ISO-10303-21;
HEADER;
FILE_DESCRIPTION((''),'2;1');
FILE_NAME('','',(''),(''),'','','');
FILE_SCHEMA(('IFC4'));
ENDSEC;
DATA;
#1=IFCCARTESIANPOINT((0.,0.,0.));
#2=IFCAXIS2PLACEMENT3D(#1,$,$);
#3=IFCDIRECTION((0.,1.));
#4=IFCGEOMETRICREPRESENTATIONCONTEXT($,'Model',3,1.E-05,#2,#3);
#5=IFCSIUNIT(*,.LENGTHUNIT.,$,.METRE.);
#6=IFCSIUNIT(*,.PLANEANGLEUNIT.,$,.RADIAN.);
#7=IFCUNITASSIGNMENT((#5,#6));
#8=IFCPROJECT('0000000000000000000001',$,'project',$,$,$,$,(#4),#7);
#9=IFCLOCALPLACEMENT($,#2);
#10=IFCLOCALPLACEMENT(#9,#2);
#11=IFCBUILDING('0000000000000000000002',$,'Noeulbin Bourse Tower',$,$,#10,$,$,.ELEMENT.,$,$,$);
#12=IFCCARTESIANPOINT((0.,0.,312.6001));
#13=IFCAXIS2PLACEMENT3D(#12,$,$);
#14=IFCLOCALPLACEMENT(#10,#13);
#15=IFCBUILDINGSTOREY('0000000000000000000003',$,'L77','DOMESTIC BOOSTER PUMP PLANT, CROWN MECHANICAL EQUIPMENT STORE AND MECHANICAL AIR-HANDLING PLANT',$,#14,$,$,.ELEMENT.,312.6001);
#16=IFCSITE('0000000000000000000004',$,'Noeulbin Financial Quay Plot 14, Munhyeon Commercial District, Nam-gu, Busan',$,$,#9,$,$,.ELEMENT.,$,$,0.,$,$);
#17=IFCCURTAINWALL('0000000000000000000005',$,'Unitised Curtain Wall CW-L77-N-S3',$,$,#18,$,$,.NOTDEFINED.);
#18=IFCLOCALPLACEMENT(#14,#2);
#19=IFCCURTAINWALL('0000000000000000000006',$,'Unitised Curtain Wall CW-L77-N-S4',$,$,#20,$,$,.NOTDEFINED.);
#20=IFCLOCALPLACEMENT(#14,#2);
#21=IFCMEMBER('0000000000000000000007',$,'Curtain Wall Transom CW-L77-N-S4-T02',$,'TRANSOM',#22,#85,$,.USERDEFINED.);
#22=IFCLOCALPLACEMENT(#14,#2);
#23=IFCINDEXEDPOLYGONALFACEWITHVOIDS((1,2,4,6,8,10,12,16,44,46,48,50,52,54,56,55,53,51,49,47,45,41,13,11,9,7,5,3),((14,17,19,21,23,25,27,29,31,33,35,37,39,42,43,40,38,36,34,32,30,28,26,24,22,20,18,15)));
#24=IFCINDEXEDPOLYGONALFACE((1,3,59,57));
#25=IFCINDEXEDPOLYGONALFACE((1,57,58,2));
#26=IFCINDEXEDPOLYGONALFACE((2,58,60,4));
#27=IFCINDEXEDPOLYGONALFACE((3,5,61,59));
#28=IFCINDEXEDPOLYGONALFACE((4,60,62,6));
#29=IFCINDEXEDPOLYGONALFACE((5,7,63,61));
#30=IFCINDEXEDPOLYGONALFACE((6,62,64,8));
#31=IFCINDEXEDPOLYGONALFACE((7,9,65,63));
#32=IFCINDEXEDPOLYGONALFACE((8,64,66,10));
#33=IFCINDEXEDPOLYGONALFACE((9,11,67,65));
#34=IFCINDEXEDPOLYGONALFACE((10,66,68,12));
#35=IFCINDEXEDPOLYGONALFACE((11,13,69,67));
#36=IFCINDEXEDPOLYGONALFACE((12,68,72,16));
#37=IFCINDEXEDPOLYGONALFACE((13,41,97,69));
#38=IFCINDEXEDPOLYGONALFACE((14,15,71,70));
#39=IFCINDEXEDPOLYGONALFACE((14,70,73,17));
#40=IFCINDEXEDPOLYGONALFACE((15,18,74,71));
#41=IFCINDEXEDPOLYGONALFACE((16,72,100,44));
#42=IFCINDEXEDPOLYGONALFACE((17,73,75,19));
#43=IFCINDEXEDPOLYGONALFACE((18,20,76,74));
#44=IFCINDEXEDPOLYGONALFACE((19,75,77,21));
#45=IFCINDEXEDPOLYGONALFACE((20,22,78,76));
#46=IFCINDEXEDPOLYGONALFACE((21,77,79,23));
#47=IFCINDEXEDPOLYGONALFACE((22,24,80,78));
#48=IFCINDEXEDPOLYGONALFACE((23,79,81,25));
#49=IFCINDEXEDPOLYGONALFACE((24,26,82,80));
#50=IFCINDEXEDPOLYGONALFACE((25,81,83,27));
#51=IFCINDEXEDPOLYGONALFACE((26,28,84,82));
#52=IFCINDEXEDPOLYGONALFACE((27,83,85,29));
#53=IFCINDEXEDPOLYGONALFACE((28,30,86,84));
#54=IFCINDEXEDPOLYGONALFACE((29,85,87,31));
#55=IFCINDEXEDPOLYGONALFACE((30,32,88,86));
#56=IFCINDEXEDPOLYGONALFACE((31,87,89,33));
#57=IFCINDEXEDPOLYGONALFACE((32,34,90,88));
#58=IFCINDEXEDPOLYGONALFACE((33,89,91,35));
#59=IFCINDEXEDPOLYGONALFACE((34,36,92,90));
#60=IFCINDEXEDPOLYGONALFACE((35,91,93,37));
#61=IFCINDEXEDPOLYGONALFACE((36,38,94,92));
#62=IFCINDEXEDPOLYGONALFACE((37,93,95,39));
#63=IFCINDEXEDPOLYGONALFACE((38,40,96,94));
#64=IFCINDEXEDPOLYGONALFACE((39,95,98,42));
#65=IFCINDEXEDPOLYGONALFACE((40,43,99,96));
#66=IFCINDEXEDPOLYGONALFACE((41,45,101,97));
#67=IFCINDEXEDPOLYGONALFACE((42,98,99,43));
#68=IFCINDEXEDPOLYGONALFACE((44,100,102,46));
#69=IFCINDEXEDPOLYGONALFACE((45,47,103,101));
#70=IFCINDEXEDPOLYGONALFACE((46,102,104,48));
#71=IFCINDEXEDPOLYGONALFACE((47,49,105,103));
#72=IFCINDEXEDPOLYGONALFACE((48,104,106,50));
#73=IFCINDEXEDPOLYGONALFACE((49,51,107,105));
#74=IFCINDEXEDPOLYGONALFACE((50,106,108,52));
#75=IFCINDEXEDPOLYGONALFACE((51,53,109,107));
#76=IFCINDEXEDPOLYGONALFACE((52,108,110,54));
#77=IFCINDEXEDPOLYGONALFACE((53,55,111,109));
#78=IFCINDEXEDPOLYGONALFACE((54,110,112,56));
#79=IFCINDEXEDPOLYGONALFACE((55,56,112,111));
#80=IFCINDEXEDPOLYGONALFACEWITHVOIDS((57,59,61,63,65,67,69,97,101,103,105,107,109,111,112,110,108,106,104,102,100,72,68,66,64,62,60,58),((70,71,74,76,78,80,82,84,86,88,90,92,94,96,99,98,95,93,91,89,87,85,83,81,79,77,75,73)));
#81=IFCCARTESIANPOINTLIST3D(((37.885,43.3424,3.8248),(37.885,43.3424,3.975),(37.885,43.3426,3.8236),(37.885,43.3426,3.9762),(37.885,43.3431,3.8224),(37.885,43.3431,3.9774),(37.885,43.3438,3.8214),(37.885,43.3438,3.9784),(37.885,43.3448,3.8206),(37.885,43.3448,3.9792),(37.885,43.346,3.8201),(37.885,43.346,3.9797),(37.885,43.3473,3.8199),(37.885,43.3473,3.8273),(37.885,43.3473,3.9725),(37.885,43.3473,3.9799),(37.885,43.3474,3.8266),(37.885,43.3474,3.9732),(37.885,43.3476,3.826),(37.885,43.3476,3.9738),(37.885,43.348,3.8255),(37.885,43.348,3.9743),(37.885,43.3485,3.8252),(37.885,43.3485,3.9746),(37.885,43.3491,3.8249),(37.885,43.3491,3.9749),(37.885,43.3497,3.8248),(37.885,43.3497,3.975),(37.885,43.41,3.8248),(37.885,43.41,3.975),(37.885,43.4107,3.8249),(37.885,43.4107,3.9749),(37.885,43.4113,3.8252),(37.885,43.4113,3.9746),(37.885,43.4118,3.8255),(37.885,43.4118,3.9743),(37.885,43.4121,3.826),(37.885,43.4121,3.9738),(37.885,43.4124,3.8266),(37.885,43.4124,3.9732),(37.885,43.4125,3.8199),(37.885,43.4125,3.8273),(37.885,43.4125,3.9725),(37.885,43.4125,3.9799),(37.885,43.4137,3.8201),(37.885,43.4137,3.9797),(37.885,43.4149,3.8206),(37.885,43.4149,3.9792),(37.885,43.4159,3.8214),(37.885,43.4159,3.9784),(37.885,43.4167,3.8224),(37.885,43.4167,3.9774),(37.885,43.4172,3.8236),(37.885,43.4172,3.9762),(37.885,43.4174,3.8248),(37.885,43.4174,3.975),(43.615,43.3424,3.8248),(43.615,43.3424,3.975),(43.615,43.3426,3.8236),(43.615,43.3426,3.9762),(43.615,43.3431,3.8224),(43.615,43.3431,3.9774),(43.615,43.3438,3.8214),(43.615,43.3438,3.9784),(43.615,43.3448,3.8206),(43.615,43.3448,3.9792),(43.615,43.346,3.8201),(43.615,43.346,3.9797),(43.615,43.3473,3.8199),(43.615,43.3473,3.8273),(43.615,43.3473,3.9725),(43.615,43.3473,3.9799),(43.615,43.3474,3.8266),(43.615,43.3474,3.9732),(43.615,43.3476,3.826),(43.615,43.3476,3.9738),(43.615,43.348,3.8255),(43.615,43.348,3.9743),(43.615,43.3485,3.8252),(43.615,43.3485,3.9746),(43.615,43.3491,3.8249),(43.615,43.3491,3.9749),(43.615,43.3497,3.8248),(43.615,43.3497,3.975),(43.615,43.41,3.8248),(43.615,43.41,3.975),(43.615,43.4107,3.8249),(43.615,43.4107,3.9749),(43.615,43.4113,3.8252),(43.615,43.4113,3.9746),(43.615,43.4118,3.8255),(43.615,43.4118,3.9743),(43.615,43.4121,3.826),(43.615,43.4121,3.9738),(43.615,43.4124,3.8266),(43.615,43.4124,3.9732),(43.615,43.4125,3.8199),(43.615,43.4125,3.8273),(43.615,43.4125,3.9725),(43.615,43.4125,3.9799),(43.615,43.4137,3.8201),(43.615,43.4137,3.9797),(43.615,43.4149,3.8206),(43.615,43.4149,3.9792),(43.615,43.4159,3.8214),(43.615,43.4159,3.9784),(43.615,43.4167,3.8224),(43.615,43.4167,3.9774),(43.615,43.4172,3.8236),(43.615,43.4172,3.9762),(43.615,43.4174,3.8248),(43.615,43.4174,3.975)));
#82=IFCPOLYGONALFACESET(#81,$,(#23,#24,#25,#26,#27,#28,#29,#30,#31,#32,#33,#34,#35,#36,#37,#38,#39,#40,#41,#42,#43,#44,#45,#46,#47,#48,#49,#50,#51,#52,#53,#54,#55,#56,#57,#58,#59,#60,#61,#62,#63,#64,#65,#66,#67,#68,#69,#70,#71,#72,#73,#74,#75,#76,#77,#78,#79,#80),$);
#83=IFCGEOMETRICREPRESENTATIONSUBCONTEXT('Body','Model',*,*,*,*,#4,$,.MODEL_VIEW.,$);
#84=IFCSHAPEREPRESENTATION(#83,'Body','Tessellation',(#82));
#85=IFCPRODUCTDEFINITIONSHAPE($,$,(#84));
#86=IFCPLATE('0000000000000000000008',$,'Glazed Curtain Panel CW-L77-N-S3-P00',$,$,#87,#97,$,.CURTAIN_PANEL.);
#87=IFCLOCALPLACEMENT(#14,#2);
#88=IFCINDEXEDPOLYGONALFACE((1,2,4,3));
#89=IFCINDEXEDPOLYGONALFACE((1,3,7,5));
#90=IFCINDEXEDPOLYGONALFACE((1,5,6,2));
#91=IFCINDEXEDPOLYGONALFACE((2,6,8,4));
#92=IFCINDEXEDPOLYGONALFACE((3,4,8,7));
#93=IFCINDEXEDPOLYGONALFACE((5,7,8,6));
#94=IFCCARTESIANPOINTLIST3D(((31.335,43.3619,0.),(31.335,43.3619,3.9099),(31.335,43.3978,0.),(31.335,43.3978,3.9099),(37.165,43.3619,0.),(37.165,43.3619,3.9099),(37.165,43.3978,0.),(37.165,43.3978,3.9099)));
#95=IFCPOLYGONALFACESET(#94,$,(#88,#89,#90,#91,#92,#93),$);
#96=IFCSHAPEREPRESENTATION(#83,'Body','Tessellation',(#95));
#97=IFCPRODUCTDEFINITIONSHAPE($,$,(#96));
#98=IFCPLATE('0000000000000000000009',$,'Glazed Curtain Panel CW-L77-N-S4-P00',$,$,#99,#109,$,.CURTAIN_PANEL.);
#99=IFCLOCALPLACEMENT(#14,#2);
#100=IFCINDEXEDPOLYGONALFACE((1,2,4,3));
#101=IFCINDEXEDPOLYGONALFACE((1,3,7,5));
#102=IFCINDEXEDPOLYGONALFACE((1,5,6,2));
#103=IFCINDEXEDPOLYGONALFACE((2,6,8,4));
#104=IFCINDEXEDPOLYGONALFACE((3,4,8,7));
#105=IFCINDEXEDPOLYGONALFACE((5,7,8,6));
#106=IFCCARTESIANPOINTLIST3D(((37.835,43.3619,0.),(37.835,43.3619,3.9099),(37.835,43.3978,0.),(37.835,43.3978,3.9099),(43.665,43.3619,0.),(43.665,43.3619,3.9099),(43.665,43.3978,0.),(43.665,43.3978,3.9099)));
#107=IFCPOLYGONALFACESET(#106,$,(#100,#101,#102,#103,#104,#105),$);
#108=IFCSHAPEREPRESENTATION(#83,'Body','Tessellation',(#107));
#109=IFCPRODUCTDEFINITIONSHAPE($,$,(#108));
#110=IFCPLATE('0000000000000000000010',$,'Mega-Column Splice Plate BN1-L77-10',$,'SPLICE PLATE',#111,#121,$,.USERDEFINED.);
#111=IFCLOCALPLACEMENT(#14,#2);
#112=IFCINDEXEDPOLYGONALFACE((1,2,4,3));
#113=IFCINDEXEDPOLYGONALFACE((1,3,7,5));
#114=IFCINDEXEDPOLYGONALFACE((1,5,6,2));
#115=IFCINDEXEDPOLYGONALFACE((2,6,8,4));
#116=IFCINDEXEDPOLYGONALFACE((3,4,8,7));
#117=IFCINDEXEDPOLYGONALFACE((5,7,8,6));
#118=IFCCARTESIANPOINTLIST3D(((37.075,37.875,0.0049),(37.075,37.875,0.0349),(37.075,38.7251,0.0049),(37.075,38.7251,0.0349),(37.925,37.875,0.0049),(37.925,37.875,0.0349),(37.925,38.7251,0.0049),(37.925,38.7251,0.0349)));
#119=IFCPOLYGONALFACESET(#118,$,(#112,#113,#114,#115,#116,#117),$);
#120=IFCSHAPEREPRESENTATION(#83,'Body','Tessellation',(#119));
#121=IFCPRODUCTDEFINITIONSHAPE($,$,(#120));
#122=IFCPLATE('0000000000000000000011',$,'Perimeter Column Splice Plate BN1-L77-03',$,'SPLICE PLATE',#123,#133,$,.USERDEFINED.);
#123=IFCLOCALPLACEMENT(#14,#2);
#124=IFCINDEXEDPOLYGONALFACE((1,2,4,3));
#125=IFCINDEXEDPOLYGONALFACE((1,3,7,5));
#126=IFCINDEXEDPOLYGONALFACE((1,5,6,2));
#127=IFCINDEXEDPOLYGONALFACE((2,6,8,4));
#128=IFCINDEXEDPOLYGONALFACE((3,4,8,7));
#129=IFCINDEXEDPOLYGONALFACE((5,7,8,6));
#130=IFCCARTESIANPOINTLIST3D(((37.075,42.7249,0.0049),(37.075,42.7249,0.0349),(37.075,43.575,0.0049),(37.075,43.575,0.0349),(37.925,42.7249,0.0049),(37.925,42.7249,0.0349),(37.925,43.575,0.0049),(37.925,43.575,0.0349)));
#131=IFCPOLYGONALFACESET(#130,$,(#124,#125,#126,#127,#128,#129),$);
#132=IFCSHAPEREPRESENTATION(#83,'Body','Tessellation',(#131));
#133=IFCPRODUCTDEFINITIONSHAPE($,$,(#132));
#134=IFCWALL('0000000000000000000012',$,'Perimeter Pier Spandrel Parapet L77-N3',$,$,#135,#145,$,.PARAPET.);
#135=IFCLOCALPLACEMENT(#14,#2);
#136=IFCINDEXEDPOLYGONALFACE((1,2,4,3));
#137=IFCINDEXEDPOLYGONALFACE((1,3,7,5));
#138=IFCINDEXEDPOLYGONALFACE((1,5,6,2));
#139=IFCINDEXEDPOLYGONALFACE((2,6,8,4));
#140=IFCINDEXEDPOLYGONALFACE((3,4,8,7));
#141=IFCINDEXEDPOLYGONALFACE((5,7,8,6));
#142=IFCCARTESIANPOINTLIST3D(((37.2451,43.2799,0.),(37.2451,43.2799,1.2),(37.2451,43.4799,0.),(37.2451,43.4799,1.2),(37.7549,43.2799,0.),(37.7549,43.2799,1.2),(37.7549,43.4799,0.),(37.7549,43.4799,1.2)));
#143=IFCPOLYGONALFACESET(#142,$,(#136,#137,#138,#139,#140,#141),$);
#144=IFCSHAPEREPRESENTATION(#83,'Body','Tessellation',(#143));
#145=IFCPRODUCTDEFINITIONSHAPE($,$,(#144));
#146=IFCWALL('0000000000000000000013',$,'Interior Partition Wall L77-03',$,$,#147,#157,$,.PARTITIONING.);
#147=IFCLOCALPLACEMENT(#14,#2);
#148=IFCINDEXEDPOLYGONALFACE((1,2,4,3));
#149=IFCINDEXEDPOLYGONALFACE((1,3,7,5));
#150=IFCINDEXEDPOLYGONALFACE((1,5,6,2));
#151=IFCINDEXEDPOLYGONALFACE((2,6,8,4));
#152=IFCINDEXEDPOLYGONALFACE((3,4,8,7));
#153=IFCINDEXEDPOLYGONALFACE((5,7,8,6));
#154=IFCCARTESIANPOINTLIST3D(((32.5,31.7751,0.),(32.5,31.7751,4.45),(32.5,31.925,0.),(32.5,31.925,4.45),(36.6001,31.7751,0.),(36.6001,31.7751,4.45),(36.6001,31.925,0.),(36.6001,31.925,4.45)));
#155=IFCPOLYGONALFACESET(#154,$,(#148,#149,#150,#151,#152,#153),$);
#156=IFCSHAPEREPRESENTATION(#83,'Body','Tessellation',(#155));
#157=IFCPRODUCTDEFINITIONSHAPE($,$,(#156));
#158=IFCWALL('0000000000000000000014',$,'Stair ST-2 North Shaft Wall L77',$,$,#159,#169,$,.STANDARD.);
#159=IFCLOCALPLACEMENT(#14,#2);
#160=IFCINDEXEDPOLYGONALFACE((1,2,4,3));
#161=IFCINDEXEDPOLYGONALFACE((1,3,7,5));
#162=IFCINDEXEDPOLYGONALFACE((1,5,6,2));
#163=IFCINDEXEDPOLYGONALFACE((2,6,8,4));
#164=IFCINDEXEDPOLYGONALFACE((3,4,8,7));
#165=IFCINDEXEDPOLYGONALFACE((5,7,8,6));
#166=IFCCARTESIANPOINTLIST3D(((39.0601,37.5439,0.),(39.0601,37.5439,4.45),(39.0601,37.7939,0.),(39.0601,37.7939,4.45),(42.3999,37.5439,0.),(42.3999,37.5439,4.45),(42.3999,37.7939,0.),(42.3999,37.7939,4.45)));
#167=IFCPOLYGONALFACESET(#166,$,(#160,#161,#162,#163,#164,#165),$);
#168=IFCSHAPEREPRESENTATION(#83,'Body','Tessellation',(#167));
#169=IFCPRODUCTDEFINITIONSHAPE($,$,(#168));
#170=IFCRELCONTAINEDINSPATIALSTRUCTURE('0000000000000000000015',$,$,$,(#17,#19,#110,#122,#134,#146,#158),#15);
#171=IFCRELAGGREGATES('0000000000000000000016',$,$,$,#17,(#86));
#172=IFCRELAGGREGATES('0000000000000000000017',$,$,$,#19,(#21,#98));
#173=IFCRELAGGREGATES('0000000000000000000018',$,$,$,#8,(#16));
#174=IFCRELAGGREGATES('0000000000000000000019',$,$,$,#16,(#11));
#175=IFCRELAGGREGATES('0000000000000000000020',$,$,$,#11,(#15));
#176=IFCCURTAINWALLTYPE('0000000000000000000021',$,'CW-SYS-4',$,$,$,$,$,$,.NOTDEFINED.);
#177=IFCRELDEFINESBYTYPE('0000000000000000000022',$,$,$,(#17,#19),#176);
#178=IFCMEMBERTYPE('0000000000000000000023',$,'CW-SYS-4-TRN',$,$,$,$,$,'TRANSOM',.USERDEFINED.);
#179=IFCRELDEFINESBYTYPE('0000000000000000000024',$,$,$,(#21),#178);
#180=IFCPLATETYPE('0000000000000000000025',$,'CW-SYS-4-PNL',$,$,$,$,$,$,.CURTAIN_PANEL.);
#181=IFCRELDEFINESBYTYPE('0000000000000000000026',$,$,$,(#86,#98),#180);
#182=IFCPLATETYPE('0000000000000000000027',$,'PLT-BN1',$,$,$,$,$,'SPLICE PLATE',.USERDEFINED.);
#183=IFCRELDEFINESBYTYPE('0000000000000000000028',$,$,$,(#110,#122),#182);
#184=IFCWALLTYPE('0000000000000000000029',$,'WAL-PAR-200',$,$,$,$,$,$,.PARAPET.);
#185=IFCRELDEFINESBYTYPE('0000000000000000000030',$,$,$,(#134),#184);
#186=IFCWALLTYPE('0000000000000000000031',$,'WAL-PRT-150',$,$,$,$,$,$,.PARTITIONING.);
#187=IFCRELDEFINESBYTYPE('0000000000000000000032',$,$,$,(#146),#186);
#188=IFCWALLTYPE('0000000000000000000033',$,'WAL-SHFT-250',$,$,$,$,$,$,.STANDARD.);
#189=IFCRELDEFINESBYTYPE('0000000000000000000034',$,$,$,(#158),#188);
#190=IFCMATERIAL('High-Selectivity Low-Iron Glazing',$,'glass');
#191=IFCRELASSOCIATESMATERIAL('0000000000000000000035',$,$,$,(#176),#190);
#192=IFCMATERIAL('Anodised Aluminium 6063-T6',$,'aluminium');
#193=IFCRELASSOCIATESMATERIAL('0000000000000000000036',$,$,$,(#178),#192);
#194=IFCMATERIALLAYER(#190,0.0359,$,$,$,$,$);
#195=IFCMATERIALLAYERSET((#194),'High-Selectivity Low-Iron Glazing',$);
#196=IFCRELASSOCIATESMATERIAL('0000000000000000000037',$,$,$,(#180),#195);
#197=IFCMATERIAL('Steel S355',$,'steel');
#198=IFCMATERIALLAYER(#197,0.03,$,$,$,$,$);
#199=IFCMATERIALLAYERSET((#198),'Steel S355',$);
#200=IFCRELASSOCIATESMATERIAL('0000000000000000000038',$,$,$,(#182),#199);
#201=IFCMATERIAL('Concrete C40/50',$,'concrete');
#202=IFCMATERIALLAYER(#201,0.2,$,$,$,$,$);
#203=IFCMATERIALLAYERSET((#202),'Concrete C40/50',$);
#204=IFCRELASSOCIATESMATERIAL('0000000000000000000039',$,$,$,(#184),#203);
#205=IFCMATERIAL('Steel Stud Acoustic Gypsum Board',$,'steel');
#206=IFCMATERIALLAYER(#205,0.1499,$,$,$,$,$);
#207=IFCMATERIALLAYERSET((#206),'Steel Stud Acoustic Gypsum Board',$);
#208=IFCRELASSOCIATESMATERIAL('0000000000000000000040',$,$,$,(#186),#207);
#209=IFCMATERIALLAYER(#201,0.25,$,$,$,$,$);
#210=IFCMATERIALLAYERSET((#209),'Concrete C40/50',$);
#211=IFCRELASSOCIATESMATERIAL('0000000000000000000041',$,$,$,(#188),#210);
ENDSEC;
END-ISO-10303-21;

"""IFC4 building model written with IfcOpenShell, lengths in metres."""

from ifc_helpers import new_model, si_unit, direction, frame, frame_2d, origin, origin_2d, place, context, subcontext, project, spatial, rectangle, hollow_rectangle, extrude, material, layer, layer_set, material_profile, profile_set, type_object, element, aggregate, save


model = new_model("IFC4")

# Units and contexts
model_context = context("Model", 3, precision=1e-05, world=origin(), true_north=direction((0.0, 1.0)))
body_context = subcontext(model_context, "Body", "Model", "MODEL_VIEW")
ifc_project = project(units=[si_unit("LENGTHUNIT", "METRE"), si_unit("PLANEANGLEUNIT", "RADIAN")], contexts=[model_context])

# Site, building, storey
site_placement = place(None, origin())
site = spatial("IfcSite", under=ifc_project, at=site_placement, Name="Noeulbin Financial Quay Plot 14, Munhyeon Commercial District, Nam-gu, Busan", CompositionType="ELEMENT", RefElevation=0.0)
building_placement = place(site_placement, origin())
building = spatial("IfcBuilding", under=site, at=building_placement, Name="Noeulbin Bourse Tower", CompositionType="ELEMENT")
storey_placement = place(building_placement, frame((0.0, 0.0, 312.6001)))
storey = spatial("IfcBuildingStorey", under=building, at=storey_placement, Name="L77", Description="DOMESTIC BOOSTER PUMP PLANT, CROWN MECHANICAL EQUIPMENT STORE AND MECHANICAL AIR-HANDLING PLANT", CompositionType="ELEMENT", Elevation=312.6001)

# Shared definitions
ifc_material_1 = material(Name="Steel S355", Category="steel")

# Curtain wall
ifc_material_2 = material(Name="High-Selectivity Low-Iron Glazing", Category="glass")
curtain_wall_type = type_object("IfcCurtainWallType", Name="CW-SYS-4", PredefinedType="NOTDEFINED", material=ifc_material_2)
curtain_wall_1_placement = place(storey_placement, origin())
curtain_wall_1 = element("IfcCurtainWall", 1, at=curtain_wall_1_placement, inside=storey, type_object=curtain_wall_type, Name="Unitised Curtain Wall CW-L77-N-S3", PredefinedType="NOTDEFINED")
ifc_material_3 = material(Name="Anodised Aluminium 6063-T6", Category="aluminium")

# Curtain wall, member
curtain_wall_2_placement = place(storey_placement, origin())
curtain_wall_2 = element("IfcCurtainWall", 2, at=curtain_wall_2_placement, inside=storey, type_object=curtain_wall_type, Name="Unitised Curtain Wall CW-L77-N-S4", PredefinedType="NOTDEFINED")
ifc_material_profile_1 = material_profile(ifc_material_3, hollow_rectangle(XDim=0.075, YDim=0.1599, WallThickness=0.0049, InnerFilletRadius=0.0024, OuterFilletRadius=0.0049, at=origin_2d()), Name="ALU-TRAN-75x160x5", Category="LoadBearing")
ifc_profile_set_1 = profile_set([ifc_material_profile_1], Name="Anodised Aluminium 6063-T6")
member_type_1 = type_object("IfcMemberType", Name="CW-SYS-4-TRN", ElementType="TRANSOM", PredefinedType="USERDEFINED", material=ifc_profile_set_1)
member_1_placement = place(storey_placement, frame((37.885, 43.3799, 3.8999), z_axis=(1.0, 0.0, 0.0), x_axis=(0.0, 1.0, 0.0)))
member_1 = element("IfcMember", 3, at=member_1_placement, type_object=member_type_1, Name="Curtain Wall Transom CW-L77-N-S4-T02", ObjectType="TRANSOM", PredefinedType="USERDEFINED", context=body_context, shape_type="SweptSolid", body=[
    extrude(hollow_rectangle(XDim=0.075, YDim=0.1599, WallThickness=0.0049, InnerFilletRadius=0.0024, OuterFilletRadius=0.0049, at=origin_2d()), origin(), (0.0, 0.0, 1.0), 5.73),
])

# Plates
ifc_layer_1 = layer(ifc_material_2, 0.0359)
ifc_layer_set_1 = layer_set([ifc_layer_1], Name="High-Selectivity Low-Iron Glazing")
plate_type_1 = type_object("IfcPlateType", Name="CW-SYS-4-PNL", PredefinedType="CURTAIN_PANEL", material=ifc_layer_set_1)
plate_1_placement = place(storey_placement, frame((34.25, 43.3799, 0.0), z_axis=(0.0, 0.0, 1.0), x_axis=(1.0, 0.0, 0.0)))
plate_1 = element("IfcPlate", 4, at=plate_1_placement, type_object=plate_type_1, Name="Glazed Curtain Panel CW-L77-N-S3-P00", PredefinedType="CURTAIN_PANEL", context=body_context, shape_type="SweptSolid", body=[
    extrude(rectangle(XDim=5.8301, YDim=0.0359, at=origin_2d()), origin(), (0.0, 0.0, 1.0), 3.9099),
])
aggregate(curtain_wall_1, [plate_1])
plate_2_placement = place(storey_placement, frame((40.75, 43.3799, 0.0), z_axis=(0.0, 0.0, 1.0), x_axis=(1.0, 0.0, 0.0)))
plate_2 = element("IfcPlate", 5, at=plate_2_placement, type_object=plate_type_1, Name="Glazed Curtain Panel CW-L77-N-S4-P00", PredefinedType="CURTAIN_PANEL", context=body_context, shape_type="SweptSolid", body=[
    extrude(rectangle(XDim=5.8301, YDim=0.0359, at=origin_2d()), origin(), (0.0, 0.0, 1.0), 3.9099),
])
aggregate(curtain_wall_2, [member_1, plate_2])

# Plates
ifc_layer_2 = layer(ifc_material_1, 0.03)
ifc_layer_set_2 = layer_set([ifc_layer_2], Name="Steel S355")
plate_type_2 = type_object("IfcPlateType", Name="PLT-BN1", ElementType="SPLICE PLATE", PredefinedType="USERDEFINED", material=ifc_layer_set_2)
for number, where, z_axis, x_axis, name in (
    (6, (37.5, 38.3, 0.0049), (0.0, 0.0, 1.0), (1.0, 0.0, 0.0), "Mega-Column Splice Plate BN1-L77-10"),
    (7, (37.5, 43.1499, 0.0049), (0.0, 0.0, 1.0), (1.0, 0.0, 0.0), "Perimeter Column Splice Plate BN1-L77-03"),
):
    element("IfcPlate", number, at=place(storey_placement, frame(where, z_axis=z_axis, x_axis=x_axis)), inside=storey, type_object=plate_type_2, Name=name, ObjectType="SPLICE PLATE", PredefinedType="USERDEFINED", context=body_context, shape_type="SweptSolid", body=[
        extrude(rectangle(XDim=0.8501, YDim=0.8501, at=origin_2d()), origin(), (0.0, 0.0, 1.0), 0.03),
    ])

# Walls
ifc_material_4 = material(Name="Concrete C40/50", Category="concrete")
ifc_layer_3 = layer(ifc_material_4, 0.2)
ifc_layer_set_3 = layer_set([ifc_layer_3], Name="Concrete C40/50")
wall_type_1 = type_object("IfcWallType", Name="WAL-PAR-200", PredefinedType="PARAPET", material=ifc_layer_set_3)
wall_1_placement = place(storey_placement, frame((37.2451, 43.3799, 0.0), z_axis=(0.0, 0.0, 1.0), x_axis=(1.0, 0.0, 0.0)))
element("IfcWall", 8, at=wall_1_placement, inside=storey, type_object=wall_type_1, Name="Perimeter Pier Spandrel Parapet L77-N3", PredefinedType="PARAPET", context=body_context, shape_type="SweptSolid", body=[
    extrude(rectangle(XDim=0.5098, YDim=0.2, at=frame_2d((0.2549, 0.0))), origin(), (0.0, 0.0, 1.0), 1.2),
])
ifc_material_5 = material(Name="Steel Stud Acoustic Gypsum Board", Category="steel")
ifc_layer_4 = layer(ifc_material_5, 0.1499)
ifc_layer_set_4 = layer_set([ifc_layer_4], Name="Steel Stud Acoustic Gypsum Board")
wall_type_2 = type_object("IfcWallType", Name="WAL-PRT-150", PredefinedType="PARTITIONING", material=ifc_layer_set_4)
wall_2_placement = place(storey_placement, frame((32.5, 31.8501, 0.0), z_axis=(0.0, 0.0, 1.0), x_axis=(1.0, 0.0, 0.0)))
element("IfcWall", 9, at=wall_2_placement, inside=storey, type_object=wall_type_2, Name="Interior Partition Wall L77-03", PredefinedType="PARTITIONING", context=body_context, shape_type="SweptSolid", body=[
    extrude(rectangle(XDim=4.1001, YDim=0.1499, at=frame_2d((2.05, 0.0))), origin(), (0.0, 0.0, 1.0), 4.45),
])
ifc_layer_5 = layer(ifc_material_4, 0.25)
ifc_layer_set_5 = layer_set([ifc_layer_5], Name="Concrete C40/50")
wall_type_3 = type_object("IfcWallType", Name="WAL-SHFT-250", PredefinedType="STANDARD", material=ifc_layer_set_5)
wall_3_placement = place(storey_placement, frame((39.0601, 37.6689, 0.0), z_axis=(0.0, 0.0, 1.0), x_axis=(1.0, 0.0, 0.0)))
element("IfcWall", 10, at=wall_3_placement, inside=storey, type_object=wall_type_3, Name="Stair ST-2 North Shaft Wall L77", PredefinedType="STANDARD", context=body_context, shape_type="SweptSolid", body=[
    extrude(rectangle(XDim=3.3398, YDim=0.25, at=frame_2d((1.6699, 0.0))), origin(), (0.0, 0.0, 1.0), 4.45),
])

save(model, "model.ifc")
